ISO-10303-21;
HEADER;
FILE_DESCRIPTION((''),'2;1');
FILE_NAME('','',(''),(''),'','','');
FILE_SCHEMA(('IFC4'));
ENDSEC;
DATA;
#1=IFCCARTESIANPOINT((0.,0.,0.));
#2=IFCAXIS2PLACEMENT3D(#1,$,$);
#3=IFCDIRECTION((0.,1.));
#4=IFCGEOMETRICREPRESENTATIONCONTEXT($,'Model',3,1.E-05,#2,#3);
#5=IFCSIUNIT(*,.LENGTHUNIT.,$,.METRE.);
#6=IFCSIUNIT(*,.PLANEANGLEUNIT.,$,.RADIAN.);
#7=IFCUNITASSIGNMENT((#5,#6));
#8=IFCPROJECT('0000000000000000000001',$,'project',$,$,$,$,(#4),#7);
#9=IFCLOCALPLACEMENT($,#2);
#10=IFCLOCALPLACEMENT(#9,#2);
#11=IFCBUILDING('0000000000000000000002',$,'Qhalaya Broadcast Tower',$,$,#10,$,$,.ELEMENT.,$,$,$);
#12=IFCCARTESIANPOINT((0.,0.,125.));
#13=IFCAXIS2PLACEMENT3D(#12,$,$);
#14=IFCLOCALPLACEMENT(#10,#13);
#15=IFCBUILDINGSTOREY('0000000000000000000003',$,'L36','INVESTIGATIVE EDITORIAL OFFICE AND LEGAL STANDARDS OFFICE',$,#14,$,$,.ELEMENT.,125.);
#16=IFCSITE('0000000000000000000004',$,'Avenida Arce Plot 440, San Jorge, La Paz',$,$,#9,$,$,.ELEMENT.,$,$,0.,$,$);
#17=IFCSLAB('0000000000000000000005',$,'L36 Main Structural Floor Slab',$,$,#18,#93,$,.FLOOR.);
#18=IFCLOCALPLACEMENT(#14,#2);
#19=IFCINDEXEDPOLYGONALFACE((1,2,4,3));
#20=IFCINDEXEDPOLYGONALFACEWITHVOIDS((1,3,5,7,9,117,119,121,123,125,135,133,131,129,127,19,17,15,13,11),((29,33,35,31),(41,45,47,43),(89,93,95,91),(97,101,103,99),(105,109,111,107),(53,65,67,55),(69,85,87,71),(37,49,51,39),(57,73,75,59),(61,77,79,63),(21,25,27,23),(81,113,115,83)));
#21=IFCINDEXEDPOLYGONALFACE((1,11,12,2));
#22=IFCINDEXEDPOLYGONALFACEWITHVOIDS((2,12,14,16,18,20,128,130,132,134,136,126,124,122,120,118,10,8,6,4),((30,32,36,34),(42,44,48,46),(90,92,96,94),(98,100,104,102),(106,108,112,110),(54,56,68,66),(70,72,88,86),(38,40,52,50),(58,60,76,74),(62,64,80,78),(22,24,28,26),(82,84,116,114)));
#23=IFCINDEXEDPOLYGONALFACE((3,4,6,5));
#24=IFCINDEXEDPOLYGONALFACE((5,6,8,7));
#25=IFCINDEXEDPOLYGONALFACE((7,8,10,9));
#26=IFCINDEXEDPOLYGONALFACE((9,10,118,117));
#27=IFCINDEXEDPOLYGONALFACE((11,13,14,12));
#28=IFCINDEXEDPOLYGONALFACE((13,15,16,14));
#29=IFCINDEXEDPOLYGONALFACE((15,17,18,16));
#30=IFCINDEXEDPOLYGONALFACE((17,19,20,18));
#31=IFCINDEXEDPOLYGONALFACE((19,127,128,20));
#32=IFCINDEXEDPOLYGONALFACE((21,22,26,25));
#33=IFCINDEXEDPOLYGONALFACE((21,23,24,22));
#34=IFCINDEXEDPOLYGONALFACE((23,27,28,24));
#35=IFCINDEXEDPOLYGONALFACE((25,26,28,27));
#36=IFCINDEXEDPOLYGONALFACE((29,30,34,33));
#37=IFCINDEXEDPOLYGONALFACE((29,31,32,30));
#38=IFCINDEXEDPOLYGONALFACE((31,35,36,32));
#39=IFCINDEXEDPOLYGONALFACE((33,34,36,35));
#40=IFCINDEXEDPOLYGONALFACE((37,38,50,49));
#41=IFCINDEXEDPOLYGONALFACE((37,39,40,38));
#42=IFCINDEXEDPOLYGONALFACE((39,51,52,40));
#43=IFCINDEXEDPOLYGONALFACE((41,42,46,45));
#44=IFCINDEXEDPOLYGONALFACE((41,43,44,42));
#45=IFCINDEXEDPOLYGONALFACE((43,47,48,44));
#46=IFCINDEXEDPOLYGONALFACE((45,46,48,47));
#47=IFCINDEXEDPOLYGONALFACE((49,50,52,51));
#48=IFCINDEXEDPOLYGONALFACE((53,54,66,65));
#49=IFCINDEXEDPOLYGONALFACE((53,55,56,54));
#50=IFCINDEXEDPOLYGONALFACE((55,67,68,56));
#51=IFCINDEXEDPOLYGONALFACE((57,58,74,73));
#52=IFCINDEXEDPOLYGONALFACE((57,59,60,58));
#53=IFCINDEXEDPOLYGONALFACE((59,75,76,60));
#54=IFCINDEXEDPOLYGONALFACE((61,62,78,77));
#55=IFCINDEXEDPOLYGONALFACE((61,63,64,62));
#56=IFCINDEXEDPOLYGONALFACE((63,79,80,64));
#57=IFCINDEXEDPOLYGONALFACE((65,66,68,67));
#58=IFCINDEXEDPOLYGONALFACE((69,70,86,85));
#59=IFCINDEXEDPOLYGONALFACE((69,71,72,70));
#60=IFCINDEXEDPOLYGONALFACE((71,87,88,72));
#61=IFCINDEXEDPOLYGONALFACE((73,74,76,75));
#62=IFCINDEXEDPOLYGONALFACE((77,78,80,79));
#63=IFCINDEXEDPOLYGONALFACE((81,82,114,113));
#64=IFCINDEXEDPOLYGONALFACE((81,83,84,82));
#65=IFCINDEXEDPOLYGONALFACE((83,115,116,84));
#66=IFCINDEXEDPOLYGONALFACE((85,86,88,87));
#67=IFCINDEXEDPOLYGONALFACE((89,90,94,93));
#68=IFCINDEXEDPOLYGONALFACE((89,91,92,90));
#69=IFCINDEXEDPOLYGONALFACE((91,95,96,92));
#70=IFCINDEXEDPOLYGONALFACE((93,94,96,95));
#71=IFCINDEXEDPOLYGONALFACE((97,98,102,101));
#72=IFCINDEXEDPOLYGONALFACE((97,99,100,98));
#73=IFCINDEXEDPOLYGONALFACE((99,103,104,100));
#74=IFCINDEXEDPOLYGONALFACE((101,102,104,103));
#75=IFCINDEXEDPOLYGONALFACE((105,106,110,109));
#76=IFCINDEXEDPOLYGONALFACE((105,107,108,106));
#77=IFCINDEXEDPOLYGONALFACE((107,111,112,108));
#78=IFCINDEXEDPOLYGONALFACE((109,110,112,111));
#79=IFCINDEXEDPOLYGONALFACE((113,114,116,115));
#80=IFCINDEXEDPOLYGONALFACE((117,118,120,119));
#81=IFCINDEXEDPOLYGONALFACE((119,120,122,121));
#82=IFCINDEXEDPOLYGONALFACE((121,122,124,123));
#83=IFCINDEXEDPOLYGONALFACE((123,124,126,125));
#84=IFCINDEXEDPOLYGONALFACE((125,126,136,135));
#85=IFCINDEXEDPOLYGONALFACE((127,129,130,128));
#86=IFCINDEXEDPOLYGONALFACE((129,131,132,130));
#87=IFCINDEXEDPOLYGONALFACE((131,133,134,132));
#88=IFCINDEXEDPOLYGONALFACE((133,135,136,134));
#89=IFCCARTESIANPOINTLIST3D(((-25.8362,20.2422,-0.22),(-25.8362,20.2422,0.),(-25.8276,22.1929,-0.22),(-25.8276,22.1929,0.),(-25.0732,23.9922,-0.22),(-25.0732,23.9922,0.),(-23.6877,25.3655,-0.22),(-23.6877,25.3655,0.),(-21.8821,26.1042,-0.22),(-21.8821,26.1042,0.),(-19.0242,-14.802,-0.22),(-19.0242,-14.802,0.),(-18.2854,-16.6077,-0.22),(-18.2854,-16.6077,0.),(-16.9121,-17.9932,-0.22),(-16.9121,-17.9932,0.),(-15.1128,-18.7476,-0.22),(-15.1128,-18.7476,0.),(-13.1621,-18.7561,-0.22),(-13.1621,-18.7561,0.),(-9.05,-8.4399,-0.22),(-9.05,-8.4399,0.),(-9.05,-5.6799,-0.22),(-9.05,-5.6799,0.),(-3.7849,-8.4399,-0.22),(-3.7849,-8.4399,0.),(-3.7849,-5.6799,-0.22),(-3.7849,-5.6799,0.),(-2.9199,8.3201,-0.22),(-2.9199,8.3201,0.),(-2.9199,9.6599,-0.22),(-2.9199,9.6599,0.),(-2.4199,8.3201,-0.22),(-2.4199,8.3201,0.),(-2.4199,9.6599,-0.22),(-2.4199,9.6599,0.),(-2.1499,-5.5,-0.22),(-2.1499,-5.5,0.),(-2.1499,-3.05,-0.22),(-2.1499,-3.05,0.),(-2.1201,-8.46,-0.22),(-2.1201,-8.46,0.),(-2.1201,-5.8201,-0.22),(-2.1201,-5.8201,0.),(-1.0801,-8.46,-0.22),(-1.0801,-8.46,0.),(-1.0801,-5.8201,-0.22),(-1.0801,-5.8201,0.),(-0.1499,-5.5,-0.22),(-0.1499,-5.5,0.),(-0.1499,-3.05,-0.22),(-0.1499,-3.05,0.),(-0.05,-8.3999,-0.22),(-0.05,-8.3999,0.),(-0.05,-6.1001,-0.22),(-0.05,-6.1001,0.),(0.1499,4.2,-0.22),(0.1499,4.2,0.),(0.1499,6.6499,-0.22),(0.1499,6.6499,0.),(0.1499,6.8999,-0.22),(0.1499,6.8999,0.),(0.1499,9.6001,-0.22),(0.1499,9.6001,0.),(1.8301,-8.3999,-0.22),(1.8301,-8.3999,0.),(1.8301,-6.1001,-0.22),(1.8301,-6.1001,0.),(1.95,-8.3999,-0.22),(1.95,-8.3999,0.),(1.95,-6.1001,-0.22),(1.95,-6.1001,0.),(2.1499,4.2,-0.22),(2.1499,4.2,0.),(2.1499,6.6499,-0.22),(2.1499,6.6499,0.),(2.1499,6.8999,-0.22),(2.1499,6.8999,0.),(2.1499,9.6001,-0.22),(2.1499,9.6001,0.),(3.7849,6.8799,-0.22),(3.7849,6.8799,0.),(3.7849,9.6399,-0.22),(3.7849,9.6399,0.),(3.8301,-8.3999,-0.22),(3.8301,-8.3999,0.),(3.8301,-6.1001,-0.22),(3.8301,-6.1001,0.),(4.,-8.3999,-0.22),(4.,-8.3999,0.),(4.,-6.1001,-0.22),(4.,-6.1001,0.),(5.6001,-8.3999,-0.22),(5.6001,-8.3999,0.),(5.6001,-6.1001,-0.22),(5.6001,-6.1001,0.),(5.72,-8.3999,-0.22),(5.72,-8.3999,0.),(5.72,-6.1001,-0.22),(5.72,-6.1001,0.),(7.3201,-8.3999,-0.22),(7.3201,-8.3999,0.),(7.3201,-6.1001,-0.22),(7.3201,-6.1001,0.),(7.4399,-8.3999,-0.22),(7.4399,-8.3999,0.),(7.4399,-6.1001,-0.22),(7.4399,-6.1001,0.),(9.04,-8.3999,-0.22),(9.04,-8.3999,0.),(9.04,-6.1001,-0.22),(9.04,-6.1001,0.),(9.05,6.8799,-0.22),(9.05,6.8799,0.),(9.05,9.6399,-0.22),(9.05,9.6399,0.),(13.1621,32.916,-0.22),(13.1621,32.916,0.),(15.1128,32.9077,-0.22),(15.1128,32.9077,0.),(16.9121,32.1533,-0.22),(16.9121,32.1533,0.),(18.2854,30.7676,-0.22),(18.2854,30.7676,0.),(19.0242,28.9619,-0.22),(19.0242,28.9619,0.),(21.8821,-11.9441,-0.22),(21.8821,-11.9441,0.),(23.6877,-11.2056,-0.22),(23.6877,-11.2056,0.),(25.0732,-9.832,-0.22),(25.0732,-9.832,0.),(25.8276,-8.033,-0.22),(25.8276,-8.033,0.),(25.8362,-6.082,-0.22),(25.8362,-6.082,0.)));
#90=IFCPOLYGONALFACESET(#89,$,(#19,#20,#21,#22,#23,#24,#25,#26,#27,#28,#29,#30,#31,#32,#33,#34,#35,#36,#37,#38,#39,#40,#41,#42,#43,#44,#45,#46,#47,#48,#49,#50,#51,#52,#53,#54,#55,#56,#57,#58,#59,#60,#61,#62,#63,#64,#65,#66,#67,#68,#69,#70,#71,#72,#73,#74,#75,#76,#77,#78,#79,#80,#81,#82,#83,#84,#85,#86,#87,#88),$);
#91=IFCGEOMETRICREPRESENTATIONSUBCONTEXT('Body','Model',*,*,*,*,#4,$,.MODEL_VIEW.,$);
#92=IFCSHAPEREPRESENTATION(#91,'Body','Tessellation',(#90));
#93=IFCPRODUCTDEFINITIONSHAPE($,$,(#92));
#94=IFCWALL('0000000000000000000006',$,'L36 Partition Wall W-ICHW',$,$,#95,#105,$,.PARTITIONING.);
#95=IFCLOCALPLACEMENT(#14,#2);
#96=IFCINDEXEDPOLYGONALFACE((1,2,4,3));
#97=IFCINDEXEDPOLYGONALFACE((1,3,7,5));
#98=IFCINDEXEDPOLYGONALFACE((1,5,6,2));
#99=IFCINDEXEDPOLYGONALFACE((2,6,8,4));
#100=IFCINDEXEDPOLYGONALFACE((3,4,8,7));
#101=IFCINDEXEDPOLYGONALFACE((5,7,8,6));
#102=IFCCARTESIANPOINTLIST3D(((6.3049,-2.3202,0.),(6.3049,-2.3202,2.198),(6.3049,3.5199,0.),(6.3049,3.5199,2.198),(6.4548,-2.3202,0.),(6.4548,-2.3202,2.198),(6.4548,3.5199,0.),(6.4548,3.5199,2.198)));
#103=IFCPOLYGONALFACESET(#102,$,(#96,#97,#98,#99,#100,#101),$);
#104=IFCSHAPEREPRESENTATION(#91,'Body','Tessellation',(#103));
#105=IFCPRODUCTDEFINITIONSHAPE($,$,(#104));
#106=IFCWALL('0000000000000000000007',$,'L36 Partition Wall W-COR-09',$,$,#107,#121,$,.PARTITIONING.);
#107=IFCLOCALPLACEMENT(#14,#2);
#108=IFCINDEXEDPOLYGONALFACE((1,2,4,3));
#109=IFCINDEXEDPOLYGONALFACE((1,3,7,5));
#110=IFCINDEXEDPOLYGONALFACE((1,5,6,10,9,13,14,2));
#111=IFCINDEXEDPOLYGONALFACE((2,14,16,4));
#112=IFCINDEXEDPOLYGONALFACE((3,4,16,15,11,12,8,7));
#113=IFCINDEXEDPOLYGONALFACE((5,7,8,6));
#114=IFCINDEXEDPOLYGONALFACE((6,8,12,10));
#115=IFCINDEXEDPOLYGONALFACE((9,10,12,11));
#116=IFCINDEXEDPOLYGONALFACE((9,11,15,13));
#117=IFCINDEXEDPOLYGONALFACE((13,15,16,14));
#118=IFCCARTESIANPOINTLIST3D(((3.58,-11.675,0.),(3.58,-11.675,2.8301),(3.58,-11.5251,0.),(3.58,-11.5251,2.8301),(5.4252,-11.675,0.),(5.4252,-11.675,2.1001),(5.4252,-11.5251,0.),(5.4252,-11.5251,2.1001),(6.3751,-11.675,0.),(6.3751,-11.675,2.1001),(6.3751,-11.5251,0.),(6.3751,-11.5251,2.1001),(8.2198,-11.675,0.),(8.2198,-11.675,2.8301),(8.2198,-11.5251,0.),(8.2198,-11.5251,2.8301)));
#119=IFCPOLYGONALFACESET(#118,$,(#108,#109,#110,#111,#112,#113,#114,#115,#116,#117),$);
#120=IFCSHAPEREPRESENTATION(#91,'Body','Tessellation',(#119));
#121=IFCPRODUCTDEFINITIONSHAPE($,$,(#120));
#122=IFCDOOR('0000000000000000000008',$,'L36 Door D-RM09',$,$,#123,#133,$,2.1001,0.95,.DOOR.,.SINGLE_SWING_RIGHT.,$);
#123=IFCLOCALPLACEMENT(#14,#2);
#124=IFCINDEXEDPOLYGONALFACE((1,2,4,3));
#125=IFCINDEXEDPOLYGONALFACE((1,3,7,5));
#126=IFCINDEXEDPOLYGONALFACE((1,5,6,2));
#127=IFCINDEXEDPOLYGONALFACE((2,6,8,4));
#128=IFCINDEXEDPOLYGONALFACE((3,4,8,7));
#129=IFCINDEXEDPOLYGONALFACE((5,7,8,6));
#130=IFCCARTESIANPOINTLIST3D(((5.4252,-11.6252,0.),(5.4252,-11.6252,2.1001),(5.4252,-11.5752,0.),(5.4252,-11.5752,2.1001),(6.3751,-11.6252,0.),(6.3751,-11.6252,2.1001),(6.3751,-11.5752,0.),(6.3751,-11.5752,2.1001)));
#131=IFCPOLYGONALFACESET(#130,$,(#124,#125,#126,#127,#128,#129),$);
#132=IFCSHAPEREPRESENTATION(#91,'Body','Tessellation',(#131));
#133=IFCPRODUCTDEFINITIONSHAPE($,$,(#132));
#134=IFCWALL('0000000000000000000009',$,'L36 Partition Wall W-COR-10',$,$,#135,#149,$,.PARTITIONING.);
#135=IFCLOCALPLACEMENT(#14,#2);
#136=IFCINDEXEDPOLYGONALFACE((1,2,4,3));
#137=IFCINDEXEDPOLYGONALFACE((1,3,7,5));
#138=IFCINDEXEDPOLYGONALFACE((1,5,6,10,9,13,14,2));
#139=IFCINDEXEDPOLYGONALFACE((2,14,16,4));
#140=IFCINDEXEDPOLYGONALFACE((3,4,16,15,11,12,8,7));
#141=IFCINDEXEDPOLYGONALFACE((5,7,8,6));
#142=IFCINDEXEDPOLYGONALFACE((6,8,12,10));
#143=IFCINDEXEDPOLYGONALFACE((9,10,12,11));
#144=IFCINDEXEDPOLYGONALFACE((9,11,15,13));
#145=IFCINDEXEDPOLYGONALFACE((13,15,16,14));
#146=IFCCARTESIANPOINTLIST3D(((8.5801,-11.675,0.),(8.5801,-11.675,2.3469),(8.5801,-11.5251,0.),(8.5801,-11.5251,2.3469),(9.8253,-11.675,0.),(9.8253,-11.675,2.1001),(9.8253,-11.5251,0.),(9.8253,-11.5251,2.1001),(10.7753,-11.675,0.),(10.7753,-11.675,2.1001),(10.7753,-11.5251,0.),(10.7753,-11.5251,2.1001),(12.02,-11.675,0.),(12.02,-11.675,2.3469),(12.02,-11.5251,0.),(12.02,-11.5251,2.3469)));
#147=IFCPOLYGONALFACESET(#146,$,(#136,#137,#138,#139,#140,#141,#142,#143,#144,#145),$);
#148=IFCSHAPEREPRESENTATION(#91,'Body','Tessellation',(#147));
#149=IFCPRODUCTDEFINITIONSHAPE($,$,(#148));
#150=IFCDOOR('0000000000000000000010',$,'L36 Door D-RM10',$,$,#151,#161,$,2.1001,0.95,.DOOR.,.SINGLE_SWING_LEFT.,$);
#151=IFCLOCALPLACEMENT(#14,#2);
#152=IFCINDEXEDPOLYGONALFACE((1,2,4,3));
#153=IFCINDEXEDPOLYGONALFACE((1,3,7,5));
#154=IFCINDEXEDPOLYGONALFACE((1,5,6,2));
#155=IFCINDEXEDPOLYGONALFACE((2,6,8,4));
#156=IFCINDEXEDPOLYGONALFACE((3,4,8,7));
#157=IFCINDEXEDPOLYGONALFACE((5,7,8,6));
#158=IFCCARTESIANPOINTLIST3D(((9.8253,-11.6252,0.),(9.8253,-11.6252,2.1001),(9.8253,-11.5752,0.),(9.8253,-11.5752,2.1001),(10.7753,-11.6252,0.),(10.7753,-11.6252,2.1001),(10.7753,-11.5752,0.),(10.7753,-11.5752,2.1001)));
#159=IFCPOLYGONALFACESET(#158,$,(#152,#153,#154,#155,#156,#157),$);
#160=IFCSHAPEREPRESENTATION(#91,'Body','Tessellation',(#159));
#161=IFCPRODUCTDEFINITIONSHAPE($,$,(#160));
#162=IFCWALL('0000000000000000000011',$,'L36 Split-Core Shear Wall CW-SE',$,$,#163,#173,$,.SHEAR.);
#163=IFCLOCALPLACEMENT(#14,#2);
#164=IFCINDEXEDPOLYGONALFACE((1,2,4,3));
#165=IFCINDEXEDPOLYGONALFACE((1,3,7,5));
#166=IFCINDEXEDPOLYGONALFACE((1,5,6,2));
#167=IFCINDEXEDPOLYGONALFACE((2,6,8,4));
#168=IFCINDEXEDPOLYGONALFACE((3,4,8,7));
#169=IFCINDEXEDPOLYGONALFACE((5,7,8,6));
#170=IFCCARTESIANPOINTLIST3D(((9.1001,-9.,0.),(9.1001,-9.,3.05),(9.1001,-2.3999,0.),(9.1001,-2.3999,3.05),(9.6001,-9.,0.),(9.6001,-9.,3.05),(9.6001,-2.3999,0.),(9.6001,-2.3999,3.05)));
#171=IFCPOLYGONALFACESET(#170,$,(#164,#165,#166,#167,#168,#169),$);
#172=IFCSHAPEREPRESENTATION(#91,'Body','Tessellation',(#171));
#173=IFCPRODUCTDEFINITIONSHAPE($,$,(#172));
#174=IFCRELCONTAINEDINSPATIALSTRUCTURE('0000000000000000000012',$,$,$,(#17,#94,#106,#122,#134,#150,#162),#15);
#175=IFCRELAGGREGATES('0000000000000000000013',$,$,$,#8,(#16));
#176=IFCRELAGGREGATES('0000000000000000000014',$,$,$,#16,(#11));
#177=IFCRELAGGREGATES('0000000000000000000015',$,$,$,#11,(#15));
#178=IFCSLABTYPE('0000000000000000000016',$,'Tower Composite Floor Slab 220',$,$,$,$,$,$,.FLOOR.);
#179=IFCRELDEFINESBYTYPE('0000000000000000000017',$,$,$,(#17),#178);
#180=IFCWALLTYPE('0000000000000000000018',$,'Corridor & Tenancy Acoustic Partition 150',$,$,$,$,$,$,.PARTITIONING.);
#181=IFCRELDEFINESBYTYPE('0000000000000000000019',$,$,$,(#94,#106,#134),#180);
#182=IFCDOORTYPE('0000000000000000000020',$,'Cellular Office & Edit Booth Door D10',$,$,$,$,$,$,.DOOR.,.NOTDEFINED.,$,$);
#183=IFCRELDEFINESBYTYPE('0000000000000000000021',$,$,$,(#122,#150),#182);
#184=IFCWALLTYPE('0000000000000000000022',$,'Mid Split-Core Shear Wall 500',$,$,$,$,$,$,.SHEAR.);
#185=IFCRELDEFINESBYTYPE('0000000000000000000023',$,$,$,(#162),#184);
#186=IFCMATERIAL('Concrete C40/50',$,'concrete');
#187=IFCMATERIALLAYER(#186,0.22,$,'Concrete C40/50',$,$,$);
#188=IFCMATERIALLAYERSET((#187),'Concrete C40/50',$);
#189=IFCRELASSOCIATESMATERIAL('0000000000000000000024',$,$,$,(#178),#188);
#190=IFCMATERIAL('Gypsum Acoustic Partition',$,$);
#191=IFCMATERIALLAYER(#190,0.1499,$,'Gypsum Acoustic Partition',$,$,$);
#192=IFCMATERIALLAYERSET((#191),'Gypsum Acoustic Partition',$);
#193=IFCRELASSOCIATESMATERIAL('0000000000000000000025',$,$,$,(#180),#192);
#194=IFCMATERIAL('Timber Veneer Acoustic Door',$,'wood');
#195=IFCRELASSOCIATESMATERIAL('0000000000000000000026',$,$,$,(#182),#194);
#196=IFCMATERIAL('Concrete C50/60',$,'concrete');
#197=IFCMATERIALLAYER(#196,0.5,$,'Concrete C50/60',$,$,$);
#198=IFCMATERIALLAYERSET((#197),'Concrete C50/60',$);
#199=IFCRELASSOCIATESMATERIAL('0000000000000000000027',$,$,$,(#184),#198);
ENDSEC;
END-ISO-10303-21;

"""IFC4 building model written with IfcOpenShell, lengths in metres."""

from ifc_helpers import new_model, si_unit, direction, frame, frame_2d, origin, place, context, subcontext, project, spatial, polyline, rectangle, outline, extrude, material, layer, layer_set, type_object, element, fill, save


model = new_model("IFC4")

# Units and contexts
model_context = context("Model", 3, precision=1e-05, world=origin(), true_north=direction((0.0, 1.0)))
body_context = subcontext(model_context, "Body", "Model", "MODEL_VIEW")
ifc_project = project(units=[si_unit("LENGTHUNIT", "METRE"), si_unit("PLANEANGLEUNIT", "RADIAN")], contexts=[model_context])

# Site, building, storey
site_placement = place(None, origin())
site = spatial("IfcSite", under=ifc_project, at=site_placement, Name="Avenida Arce Plot 440, San Jorge, La Paz", CompositionType="ELEMENT", RefElevation=0.0)
building_placement = place(site_placement, origin())
building = spatial("IfcBuilding", under=site, at=building_placement, Name="Qhalaya Broadcast Tower", CompositionType="ELEMENT")
storey_placement = place(building_placement, frame((0.0, 0.0, 125.0)))
storey = spatial("IfcBuildingStorey", under=building, at=storey_placement, Name="L36", Description="INVESTIGATIVE EDITORIAL OFFICE AND LEGAL STANDARDS OFFICE", CompositionType="ELEMENT", Elevation=125.0)

# Shared definitions
ifc_material_1 = material(Name="Concrete C50/60", Category="concrete")

# Shared definitions
ifc_material_2 = material(Name="Concrete C40/50", Category="concrete")

# Slab
ifc_layer_1 = layer(ifc_material_2, 0.22, Name="Concrete C40/50")
ifc_layer_set_1 = layer_set([ifc_layer_1], Name="Concrete C40/50")
slab_type_1 = type_object("IfcSlabType", Name="Tower Composite Floor Slab 220", PredefinedType="FLOOR", material=ifc_layer_set_1)
slab_1_placement = place(storey_placement, frame((0.0, 0.0, -0.22)))
element("IfcSlab", 1, at=slab_1_placement, inside=storey, type_object=slab_type_1, Name="L36 Main Structural Floor Slab", PredefinedType="FLOOR", context=body_context, shape_type="SweptSolid", body=[
    extrude(outline(polyline([(21.8821, -11.9441), (23.6877, -11.2056), (25.0732, -9.832), (25.8276, -8.033), (25.8362, -6.082), (19.0242, 28.9619), (18.2854, 30.7676), (16.9121, 32.1533), (15.1128, 32.9077), (13.1621, 32.916), (-21.8821, 26.1042), (-23.6877, 25.3655), (-25.0732, 23.9922), (-25.8276, 22.1929), (-25.8362, 20.2422), (-19.0242, -14.802), (-18.2854, -16.6077), (-16.9121, -17.9932), (-15.1128, -18.7476), (-13.1621, -18.7561), (21.8821, -11.9441)]), holes=[polyline([(3.7849, 9.6399), (9.05, 9.6399), (9.05, 6.8799), (3.7849, 6.8799), (3.7849, 9.6399)]), polyline([(-3.7849, -8.4399), (-9.05, -8.4399), (-9.05, -5.6799), (-3.7849, -5.6799), (-3.7849, -8.4399)]), polyline([(0.1499, 6.6499), (2.1499, 6.6499), (2.1499, 4.2), (0.1499, 4.2), (0.1499, 6.6499)]), polyline([(0.1499, 9.6001), (2.1499, 9.6001), (2.1499, 6.8999), (0.1499, 6.8999), (0.1499, 9.6001)]), polyline([(-2.1499, -3.05), (-0.1499, -3.05), (-0.1499, -5.5), (-2.1499, -5.5), (-2.1499, -3.05)]), polyline([(-0.05, -6.1001), (1.8301, -6.1001), (1.8301, -8.3999), (-0.05, -8.3999), (-0.05, -6.1001)]), polyline([(1.95, -6.1001), (3.8301, -6.1001), (3.8301, -8.3999), (1.95, -8.3999), (1.95, -6.1001)]), polyline([(4.0, -6.1001), (5.6001, -6.1001), (5.6001, -8.3999), (4.0, -8.3999), (4.0, -6.1001)]), polyline([(5.72, -6.1001), (7.3201, -6.1001), (7.3201, -8.3999), (5.72, -8.3999), (5.72, -6.1001)]), polyline([(7.4399, -6.1001), (9.04, -6.1001), (9.04, -8.3999), (7.4399, -8.3999), (7.4399, -6.1001)]), polyline([(-2.9199, 9.6599), (-2.4199, 9.6599), (-2.4199, 8.3201), (-2.9199, 8.3201), (-2.9199, 9.6599)]), polyline([(-2.1201, -5.8201), (-1.0801, -5.8201), (-1.0801, -8.46), (-2.1201, -8.46), (-2.1201, -5.8201)])]), origin(), (0.0, 0.0, 1.0), 0.22),
])

# Wall
ifc_material_3 = material(Name="Gypsum Acoustic Partition")
ifc_layer_2 = layer(ifc_material_3, 0.1499, Name="Gypsum Acoustic Partition")
ifc_layer_set_2 = layer_set([ifc_layer_2], Name="Gypsum Acoustic Partition")
wall_type_1 = type_object("IfcWallType", Name="Corridor & Tenancy Acoustic Partition 150", PredefinedType="PARTITIONING", material=ifc_layer_set_2)
wall_1_placement = place(storey_placement, frame((6.3799, -2.3201, 0.0), z_axis=(0.0, 0.0, 1.0), x_axis=(0.0, 1.0, 0.0)))
element("IfcWall", 2, at=wall_1_placement, inside=storey, type_object=wall_type_1, Name="L36 Partition Wall W-ICHW", PredefinedType="PARTITIONING", context=body_context, shape_type="SweptSolid", body=[
    extrude(rectangle(XDim=5.8401, YDim=0.1499, at=frame_2d((2.9199, 0.0))), origin(), (0.0, 0.0, 1.0), 2.198),
])

# Walls, openings, doors
wall_2_placement = place(storey_placement, frame((3.5801, -11.6001, 0.0), z_axis=(0.0, 0.0, 1.0), x_axis=(1.0, 0.0, 0.0)))
wall_2 = element("IfcWall", 3, at=wall_2_placement, inside=storey, type_object=wall_type_1, Name="L36 Partition Wall W-COR-09", PredefinedType="PARTITIONING", context=body_context, shape_type="SweptSolid", body=[
    extrude(rectangle(XDim=4.6399, YDim=0.1499, at=frame_2d((2.3198, 0.0))), origin(), (0.0, 0.0, 1.0), 2.8301),
])
opening_1_placement = place(wall_2_placement, frame((1.845, 0.0, 0.0)))
opening_1 = element("IfcOpeningElement", 4, at=opening_1_placement, cuts=wall_2, PredefinedType="OPENING", context=body_context, shape_type="SweptSolid", body=[
    extrude(rectangle(XDim=0.95, YDim=2.1001, at=frame_2d((0.4751, 1.05))), frame((0.0, 0.0869, 0.0), z_axis=(0.0, -1.0, 0.0), x_axis=(1.0, 0.0, 0.0)), (0.0, 0.0, 1.0), 0.1738),
])
ifc_material_4 = material(Name="Timber Veneer Acoustic Door", Category="wood")
door_type_1 = type_object("IfcDoorType", Name="Cellular Office & Edit Booth Door D10", OperationType="NOTDEFINED", PredefinedType="DOOR", material=ifc_material_4)
door_1_placement = place(opening_1_placement, origin())
door_1 = element("IfcDoor", 5, at=door_1_placement, inside=storey, type_object=door_type_1, Name="L36 Door D-RM09", OperationType="SINGLE_SWING_RIGHT", OverallHeight=2.1001, OverallWidth=0.95, PredefinedType="DOOR", context=body_context, shape_type="SweptSolid", body=[
    extrude(rectangle(XDim=0.95, YDim=2.1001, at=frame_2d((0.4751, 1.05))), frame((0.0, 0.0249, 0.0), z_axis=(0.0, -1.0, 0.0), x_axis=(1.0, 0.0, 0.0)), (0.0, 0.0, 1.0), 0.05),
])
fill(opening_1, door_1)
wall_3_placement = place(storey_placement, frame((8.5801, -11.6001, 0.0), z_axis=(0.0, 0.0, 1.0), x_axis=(1.0, 0.0, 0.0)))
wall_3 = element("IfcWall", 6, at=wall_3_placement, inside=storey, type_object=wall_type_1, Name="L36 Partition Wall W-COR-10", PredefinedType="PARTITIONING", context=body_context, shape_type="SweptSolid", body=[
    extrude(rectangle(XDim=3.4399, YDim=0.1499, at=frame_2d((1.72, 0.0))), origin(), (0.0, 0.0, 1.0), 2.3469),
])
opening_2_placement = place(wall_3_placement, frame((1.2451, 0.0, 0.0)))
opening_2 = element("IfcOpeningElement", 7, at=opening_2_placement, cuts=wall_3, PredefinedType="OPENING", context=body_context, shape_type="SweptSolid", body=[
    extrude(rectangle(XDim=0.95, YDim=2.1001, at=frame_2d((0.4751, 1.05))), frame((0.0, 0.0869, 0.0), z_axis=(0.0, -1.0, 0.0), x_axis=(1.0, 0.0, 0.0)), (0.0, 0.0, 1.0), 0.1738),
])
door_2_placement = place(opening_2_placement, origin())
door_2 = element("IfcDoor", 8, at=door_2_placement, inside=storey, type_object=door_type_1, Name="L36 Door D-RM10", OperationType="SINGLE_SWING_LEFT", OverallHeight=2.1001, OverallWidth=0.95, PredefinedType="DOOR", context=body_context, shape_type="SweptSolid", body=[
    extrude(rectangle(XDim=0.95, YDim=2.1001, at=frame_2d((0.4751, 1.05))), frame((0.0, 0.0249, 0.0), z_axis=(0.0, -1.0, 0.0), x_axis=(1.0, 0.0, 0.0)), (0.0, 0.0, 1.0), 0.05),
])
fill(opening_2, door_2)

# Wall
ifc_layer_3 = layer(ifc_material_1, 0.5, Name="Concrete C50/60")
ifc_layer_set_3 = layer_set([ifc_layer_3], Name="Concrete C50/60")
wall_type_2 = type_object("IfcWallType", Name="Mid Split-Core Shear Wall 500", PredefinedType="SHEAR", material=ifc_layer_set_3)
wall_4_placement = place(storey_placement, frame((9.3501, -9.0, 0.0), z_axis=(0.0, 0.0, 1.0), x_axis=(0.0, 1.0, 0.0)))
element("IfcWall", 9, at=wall_4_placement, inside=storey, type_object=wall_type_2, Name="L36 Split-Core Shear Wall CW-SE", PredefinedType="SHEAR", context=body_context, shape_type="SweptSolid", body=[
    extrude(rectangle(XDim=6.6001, YDim=0.5, at=frame_2d((3.3, 0.0))), origin(), (0.0, 0.0, 1.0), 3.05),
])

save(model, "model.ifc")
